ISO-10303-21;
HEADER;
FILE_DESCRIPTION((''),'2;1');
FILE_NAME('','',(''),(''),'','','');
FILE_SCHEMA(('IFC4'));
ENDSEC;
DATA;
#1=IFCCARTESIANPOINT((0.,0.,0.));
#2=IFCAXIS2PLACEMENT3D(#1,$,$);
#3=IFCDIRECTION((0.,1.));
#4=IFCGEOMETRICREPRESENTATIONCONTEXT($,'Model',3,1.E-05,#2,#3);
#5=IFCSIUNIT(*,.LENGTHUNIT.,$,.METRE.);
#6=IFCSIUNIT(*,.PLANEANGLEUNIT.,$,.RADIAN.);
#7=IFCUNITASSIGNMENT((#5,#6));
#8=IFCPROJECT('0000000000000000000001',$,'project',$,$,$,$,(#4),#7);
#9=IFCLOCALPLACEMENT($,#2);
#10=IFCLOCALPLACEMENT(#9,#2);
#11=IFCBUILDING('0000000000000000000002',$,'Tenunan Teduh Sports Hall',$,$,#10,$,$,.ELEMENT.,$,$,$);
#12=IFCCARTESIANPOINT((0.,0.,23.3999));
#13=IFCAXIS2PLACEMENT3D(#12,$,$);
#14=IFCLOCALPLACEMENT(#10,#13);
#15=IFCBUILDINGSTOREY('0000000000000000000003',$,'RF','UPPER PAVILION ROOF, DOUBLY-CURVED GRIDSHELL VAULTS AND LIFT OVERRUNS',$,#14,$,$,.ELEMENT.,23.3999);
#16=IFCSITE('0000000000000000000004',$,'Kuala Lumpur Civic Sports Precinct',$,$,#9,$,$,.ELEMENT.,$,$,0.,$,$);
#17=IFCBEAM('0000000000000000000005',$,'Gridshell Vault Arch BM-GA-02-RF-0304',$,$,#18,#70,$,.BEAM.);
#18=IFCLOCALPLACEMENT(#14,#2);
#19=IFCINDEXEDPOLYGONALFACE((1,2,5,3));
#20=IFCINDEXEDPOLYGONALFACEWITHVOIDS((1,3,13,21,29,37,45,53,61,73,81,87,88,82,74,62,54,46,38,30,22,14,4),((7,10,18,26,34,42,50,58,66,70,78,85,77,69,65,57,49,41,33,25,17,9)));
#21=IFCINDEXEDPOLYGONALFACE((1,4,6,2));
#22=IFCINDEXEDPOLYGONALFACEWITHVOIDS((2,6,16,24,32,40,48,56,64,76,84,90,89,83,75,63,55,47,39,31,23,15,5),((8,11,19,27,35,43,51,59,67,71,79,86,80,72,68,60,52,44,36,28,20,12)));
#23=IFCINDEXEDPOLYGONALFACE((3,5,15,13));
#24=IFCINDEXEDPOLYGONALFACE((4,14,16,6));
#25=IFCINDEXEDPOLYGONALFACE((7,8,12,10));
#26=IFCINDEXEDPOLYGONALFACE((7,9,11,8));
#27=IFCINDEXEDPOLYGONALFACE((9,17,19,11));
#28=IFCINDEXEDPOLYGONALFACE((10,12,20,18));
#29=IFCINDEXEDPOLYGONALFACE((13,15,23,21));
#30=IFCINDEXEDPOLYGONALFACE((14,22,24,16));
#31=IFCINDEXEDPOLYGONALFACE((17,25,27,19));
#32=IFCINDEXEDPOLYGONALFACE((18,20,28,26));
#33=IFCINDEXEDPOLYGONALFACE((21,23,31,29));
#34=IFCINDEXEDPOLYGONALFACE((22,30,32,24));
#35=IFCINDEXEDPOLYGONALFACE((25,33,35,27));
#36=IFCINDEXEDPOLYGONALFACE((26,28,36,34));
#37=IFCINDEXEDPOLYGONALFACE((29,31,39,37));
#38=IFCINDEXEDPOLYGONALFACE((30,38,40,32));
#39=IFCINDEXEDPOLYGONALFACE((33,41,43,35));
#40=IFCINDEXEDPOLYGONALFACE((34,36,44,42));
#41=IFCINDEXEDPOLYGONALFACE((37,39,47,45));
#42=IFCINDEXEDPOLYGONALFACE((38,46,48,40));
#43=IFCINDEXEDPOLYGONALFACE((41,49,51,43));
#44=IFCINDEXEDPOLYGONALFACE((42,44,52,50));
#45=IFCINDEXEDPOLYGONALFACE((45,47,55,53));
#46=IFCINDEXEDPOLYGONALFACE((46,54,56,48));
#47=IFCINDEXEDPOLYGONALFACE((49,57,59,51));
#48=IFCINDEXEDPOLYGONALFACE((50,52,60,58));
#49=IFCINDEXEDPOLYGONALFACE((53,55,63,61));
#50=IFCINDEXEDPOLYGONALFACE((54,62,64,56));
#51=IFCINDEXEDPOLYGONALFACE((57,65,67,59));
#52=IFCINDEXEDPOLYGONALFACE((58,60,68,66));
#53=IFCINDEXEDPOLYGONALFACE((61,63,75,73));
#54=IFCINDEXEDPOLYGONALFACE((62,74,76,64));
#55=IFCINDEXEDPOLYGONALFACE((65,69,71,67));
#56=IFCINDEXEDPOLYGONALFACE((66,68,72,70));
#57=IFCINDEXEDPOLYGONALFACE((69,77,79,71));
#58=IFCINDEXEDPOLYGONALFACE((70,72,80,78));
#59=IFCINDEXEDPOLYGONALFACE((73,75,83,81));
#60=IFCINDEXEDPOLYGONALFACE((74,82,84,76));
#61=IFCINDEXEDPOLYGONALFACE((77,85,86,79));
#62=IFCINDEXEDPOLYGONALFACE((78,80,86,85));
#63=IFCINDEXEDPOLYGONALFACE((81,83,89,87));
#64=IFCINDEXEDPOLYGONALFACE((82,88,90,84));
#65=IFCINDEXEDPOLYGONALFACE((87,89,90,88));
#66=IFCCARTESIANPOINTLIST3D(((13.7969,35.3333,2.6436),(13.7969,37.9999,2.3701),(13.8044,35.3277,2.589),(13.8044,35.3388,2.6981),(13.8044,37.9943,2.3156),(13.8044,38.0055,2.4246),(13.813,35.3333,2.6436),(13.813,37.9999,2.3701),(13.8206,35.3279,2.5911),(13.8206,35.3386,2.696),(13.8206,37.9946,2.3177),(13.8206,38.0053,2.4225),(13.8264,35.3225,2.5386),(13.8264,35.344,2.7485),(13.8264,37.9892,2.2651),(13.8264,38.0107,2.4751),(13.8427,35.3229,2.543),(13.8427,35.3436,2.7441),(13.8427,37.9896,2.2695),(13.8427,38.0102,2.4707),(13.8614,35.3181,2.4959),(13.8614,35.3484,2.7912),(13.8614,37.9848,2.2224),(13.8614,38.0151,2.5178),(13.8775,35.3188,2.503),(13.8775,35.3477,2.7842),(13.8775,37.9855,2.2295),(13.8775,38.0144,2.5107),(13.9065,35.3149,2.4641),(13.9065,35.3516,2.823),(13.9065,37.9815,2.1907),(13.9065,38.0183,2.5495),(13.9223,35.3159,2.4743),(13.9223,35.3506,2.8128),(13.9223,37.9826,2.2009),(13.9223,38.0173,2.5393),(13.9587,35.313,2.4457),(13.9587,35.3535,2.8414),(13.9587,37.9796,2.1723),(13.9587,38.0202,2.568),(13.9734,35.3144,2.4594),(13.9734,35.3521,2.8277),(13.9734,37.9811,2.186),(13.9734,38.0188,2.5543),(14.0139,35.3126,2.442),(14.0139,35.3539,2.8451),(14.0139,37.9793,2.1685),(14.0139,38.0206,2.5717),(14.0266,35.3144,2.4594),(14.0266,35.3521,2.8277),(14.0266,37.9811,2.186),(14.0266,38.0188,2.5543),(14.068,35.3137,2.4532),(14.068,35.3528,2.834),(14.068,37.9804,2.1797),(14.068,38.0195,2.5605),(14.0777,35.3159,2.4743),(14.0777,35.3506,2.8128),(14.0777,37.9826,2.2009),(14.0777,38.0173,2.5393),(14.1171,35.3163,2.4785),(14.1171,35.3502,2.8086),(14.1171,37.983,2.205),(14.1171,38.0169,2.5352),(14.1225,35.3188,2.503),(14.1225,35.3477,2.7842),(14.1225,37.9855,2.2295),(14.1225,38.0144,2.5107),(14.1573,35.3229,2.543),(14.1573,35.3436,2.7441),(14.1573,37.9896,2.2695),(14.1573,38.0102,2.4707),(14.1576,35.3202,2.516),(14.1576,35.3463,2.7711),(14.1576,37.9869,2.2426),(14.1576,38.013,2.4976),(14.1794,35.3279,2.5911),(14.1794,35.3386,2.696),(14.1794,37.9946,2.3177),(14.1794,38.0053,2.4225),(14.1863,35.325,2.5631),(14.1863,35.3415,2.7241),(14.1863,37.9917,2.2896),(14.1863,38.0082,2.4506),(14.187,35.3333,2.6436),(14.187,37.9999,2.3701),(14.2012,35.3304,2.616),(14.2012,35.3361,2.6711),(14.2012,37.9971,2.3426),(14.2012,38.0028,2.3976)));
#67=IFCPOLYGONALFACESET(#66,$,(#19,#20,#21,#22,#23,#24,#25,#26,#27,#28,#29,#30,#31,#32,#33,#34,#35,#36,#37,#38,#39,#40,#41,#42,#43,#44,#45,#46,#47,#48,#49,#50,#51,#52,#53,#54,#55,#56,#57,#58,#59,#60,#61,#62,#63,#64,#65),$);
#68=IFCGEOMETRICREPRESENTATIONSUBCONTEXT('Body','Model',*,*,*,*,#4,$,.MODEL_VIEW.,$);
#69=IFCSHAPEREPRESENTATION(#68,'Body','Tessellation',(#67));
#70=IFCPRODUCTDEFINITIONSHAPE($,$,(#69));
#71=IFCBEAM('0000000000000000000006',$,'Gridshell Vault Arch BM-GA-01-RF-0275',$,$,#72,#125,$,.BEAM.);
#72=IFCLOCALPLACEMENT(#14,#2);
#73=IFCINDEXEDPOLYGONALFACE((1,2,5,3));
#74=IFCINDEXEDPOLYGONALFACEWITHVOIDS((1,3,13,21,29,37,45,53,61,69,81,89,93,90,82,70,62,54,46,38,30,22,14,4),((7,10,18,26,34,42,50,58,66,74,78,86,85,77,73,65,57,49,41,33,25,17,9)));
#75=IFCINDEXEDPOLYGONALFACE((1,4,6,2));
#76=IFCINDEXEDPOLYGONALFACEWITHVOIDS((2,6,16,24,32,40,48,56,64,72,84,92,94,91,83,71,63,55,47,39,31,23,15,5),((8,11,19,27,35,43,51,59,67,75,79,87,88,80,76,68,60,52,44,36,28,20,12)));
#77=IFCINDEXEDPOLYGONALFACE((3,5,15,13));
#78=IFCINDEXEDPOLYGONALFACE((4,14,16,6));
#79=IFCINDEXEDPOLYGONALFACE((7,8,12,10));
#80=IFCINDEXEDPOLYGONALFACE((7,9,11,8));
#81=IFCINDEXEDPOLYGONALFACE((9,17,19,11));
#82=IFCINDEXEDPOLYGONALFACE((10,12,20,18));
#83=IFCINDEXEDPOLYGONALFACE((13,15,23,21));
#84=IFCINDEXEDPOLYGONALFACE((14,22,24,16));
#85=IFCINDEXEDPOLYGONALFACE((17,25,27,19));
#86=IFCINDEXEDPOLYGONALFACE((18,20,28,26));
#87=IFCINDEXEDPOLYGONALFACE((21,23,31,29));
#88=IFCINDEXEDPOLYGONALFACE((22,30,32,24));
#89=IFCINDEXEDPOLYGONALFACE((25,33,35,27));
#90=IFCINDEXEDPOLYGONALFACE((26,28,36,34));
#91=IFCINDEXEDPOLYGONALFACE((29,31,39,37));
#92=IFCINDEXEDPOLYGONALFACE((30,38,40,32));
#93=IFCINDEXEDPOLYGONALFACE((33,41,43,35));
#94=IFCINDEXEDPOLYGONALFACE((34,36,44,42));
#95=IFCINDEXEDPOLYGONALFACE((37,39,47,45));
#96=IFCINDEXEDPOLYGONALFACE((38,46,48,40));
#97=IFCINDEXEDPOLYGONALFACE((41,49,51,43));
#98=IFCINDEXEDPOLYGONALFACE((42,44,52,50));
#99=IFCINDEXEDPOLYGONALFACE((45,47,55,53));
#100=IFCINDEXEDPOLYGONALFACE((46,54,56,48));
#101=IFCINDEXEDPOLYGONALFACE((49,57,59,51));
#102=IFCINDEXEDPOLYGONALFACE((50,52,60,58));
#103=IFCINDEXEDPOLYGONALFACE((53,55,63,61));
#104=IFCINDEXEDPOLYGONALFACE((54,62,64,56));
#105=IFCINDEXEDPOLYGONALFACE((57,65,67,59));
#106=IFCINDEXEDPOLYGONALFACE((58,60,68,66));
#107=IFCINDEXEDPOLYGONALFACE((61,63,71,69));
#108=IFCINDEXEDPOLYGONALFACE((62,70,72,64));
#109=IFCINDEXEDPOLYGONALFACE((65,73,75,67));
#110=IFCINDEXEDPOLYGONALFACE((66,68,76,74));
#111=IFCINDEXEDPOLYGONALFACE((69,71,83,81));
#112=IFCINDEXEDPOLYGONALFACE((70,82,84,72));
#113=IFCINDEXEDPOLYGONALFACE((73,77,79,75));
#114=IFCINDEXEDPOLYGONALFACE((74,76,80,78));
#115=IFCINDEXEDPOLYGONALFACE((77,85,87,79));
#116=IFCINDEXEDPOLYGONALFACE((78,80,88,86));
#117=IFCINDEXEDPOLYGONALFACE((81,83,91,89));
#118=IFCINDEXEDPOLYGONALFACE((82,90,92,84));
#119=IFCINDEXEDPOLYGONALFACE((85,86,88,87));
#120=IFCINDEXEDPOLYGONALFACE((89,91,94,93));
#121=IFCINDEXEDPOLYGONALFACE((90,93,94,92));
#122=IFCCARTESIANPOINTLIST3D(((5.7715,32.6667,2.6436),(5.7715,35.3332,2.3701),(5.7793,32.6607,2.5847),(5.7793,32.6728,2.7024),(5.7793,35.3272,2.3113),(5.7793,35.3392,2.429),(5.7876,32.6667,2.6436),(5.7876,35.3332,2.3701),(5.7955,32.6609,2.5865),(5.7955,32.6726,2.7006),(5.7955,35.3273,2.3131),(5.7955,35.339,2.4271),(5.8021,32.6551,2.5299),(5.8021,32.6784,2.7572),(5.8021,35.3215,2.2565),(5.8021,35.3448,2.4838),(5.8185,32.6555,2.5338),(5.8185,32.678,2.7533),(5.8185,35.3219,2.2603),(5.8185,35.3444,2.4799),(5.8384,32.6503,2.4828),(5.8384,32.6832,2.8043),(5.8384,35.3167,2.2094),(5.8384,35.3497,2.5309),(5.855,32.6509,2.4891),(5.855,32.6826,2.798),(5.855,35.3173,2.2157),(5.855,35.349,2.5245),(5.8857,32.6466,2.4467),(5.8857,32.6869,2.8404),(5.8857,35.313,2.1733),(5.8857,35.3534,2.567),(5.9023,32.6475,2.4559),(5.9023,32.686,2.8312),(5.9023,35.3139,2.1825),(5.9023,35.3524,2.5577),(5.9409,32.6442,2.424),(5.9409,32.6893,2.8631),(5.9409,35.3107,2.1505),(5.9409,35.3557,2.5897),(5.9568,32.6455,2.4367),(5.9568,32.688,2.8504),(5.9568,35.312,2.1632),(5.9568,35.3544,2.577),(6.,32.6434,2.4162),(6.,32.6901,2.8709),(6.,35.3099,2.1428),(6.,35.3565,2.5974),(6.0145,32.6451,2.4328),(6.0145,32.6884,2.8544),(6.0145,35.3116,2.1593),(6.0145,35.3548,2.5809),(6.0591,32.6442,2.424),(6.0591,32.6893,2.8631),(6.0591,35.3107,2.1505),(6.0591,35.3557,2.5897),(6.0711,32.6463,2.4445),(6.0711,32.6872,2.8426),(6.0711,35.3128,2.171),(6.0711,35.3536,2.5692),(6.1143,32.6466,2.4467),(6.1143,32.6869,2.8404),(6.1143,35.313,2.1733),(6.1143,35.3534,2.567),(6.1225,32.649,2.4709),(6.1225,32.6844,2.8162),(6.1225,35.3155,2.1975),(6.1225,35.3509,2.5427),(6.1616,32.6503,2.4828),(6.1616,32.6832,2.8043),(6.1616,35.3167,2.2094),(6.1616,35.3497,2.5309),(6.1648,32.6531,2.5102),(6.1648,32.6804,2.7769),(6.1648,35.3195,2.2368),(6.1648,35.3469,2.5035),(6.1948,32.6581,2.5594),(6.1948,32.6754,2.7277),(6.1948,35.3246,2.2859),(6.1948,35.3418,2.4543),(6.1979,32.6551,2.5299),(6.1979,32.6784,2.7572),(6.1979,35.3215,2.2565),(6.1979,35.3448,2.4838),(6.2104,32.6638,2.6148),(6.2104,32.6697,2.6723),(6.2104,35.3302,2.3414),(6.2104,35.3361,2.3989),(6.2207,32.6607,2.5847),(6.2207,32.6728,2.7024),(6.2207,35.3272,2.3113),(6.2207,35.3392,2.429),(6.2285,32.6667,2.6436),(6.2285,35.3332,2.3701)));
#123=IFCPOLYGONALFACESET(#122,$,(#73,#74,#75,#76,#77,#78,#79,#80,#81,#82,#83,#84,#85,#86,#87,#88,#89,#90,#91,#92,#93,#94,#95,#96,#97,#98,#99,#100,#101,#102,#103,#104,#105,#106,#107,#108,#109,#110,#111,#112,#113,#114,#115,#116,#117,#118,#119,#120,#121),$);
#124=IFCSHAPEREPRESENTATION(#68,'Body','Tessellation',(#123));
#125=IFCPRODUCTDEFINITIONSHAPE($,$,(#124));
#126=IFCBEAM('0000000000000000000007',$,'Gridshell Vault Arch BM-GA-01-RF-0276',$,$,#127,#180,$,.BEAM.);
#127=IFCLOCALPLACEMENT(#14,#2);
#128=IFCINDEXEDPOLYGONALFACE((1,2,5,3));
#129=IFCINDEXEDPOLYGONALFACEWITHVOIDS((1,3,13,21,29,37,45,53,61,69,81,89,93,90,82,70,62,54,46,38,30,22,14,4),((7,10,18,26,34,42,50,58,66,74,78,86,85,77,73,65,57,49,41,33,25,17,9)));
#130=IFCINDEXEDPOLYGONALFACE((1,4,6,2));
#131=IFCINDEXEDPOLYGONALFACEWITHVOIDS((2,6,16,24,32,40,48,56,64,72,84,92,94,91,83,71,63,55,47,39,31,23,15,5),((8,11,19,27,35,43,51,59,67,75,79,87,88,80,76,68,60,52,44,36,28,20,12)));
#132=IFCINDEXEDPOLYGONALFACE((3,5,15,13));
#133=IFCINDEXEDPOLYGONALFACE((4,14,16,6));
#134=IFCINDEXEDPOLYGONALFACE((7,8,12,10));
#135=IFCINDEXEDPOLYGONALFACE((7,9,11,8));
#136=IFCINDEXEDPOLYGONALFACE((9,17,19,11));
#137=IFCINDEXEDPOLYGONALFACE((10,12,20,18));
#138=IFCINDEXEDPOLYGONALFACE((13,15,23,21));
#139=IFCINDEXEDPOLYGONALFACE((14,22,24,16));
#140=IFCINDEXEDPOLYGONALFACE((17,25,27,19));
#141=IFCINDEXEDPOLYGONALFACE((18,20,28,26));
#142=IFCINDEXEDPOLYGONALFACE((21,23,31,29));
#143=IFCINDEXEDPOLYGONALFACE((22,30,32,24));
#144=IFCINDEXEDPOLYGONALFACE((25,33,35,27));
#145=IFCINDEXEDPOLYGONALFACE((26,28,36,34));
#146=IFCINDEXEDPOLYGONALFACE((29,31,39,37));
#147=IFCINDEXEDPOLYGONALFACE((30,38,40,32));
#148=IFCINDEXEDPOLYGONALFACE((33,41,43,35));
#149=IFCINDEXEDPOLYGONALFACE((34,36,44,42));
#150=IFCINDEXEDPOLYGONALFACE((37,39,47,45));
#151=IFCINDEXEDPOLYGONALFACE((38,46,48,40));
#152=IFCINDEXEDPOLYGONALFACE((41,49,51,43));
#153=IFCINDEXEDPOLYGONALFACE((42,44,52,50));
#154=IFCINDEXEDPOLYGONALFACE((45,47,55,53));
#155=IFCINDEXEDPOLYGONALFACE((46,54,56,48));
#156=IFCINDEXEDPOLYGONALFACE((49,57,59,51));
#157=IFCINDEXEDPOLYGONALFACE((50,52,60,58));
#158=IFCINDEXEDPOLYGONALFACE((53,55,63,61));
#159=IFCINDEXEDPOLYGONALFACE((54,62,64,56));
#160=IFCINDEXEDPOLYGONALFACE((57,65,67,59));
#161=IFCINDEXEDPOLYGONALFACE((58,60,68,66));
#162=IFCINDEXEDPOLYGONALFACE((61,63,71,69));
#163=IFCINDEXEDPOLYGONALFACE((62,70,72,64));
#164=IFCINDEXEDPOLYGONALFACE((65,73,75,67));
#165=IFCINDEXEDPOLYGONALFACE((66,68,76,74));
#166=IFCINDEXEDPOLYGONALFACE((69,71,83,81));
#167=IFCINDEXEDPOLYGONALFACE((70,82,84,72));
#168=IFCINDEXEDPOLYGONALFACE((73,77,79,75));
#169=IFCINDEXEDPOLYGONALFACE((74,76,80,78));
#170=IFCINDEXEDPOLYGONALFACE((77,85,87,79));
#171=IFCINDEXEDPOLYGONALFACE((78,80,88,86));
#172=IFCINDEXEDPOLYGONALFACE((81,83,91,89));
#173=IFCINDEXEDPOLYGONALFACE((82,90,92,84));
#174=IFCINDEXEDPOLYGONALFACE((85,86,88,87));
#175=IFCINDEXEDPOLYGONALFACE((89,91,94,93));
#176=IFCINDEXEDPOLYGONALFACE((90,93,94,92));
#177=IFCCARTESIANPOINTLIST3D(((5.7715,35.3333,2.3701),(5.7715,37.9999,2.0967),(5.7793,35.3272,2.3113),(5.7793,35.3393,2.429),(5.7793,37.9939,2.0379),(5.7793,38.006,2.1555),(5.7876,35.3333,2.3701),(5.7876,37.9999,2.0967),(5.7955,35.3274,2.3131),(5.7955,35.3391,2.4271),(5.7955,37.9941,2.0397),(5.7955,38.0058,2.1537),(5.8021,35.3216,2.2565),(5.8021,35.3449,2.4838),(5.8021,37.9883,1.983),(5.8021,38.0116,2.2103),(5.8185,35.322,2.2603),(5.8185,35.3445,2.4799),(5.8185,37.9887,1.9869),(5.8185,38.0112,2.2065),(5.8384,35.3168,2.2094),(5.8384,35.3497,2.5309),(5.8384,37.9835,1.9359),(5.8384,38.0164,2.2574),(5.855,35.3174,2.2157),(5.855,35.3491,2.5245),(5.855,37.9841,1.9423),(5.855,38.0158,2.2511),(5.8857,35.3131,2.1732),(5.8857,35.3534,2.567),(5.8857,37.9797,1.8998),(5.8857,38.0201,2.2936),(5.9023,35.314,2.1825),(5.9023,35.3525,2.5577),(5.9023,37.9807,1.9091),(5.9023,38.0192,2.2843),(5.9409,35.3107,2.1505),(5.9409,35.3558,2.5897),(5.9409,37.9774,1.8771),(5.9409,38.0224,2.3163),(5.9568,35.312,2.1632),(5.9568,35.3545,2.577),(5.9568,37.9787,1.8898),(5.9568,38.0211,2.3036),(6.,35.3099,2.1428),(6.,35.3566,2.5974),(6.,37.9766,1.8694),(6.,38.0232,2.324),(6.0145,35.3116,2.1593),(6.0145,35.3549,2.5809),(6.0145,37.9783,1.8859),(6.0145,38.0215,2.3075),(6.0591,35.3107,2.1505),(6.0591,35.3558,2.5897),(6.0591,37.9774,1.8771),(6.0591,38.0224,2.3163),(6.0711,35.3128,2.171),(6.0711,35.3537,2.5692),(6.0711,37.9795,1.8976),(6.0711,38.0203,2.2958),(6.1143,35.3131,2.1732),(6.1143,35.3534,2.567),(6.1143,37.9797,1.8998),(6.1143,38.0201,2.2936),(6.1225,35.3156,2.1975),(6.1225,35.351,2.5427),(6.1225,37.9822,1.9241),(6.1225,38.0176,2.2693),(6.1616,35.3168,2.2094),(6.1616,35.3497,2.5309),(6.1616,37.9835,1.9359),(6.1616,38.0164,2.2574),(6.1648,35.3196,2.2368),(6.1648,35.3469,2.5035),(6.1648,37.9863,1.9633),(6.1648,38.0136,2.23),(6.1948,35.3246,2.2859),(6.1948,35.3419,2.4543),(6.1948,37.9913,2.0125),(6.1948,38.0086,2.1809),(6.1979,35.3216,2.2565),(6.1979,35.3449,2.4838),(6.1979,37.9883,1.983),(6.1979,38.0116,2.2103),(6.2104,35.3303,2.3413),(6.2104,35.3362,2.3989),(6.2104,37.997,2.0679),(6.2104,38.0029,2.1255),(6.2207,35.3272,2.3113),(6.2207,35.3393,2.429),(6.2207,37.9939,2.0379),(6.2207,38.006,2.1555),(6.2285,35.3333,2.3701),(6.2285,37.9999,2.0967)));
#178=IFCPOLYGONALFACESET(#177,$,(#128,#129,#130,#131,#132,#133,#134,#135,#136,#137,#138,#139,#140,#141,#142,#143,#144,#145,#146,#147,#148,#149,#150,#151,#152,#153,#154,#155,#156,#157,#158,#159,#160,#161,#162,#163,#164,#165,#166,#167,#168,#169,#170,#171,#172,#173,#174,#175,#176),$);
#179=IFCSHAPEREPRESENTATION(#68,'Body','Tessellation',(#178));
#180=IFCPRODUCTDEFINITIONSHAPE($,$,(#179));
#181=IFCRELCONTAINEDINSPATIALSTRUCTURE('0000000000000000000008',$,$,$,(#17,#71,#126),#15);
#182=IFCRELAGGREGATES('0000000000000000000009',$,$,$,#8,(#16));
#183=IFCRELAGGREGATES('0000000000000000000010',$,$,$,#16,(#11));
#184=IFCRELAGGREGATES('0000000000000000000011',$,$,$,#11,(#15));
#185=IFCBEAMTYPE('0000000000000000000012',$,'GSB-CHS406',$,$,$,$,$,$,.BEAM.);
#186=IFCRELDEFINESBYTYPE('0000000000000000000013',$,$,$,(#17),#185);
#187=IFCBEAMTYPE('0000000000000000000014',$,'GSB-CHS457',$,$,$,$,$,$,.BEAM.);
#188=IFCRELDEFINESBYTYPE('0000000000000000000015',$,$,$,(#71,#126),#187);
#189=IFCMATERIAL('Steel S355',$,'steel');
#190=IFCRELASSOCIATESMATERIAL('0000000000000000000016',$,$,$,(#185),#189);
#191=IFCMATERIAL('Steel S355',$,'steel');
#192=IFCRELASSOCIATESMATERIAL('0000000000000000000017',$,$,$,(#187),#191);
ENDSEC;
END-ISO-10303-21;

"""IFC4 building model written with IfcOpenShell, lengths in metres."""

from ifc_helpers import new_model, si_unit, direction, frame, origin, origin_2d, place, context, subcontext, project, spatial, hollow_circle, extrude, material, material_profile, profile_set, type_object, element, save


model = new_model("IFC4")

# Units and contexts
model_context = context("Model", 3, precision=1e-05, world=origin(), true_north=direction((0.0, 1.0)))
body_context = subcontext(model_context, "Body", "Model", "MODEL_VIEW")
ifc_project = project(units=[si_unit("LENGTHUNIT", "METRE"), si_unit("PLANEANGLEUNIT", "RADIAN")], contexts=[model_context])

# Site, building, storey
site_placement = place(None, origin())
site = spatial("IfcSite", under=ifc_project, at=site_placement, Name="Kuala Lumpur Civic Sports Precinct", CompositionType="ELEMENT", RefElevation=0.0)
building_placement = place(site_placement, origin())
building = spatial("IfcBuilding", under=site, at=building_placement, Name="Tenunan Teduh Sports Hall", CompositionType="ELEMENT")
storey_placement = place(building_placement, frame((0.0, 0.0, 23.3999)))
storey = spatial("IfcBuildingStorey", under=building, at=storey_placement, Name="RF", Description="UPPER PAVILION ROOF, DOUBLY-CURVED GRIDSHELL VAULTS AND LIFT OVERRUNS", CompositionType="ELEMENT", Elevation=23.3999)

# Beams
ifc_material_1 = material(Name="Steel S355", Category="steel")
ifc_material_profile_1 = material_profile(ifc_material_1, hollow_circle(Radius=0.2031, WallThickness=0.0161, at=origin_2d()), Name="CHS 406.4x16.0")
ifc_profile_set_1 = profile_set([ifc_material_profile_1], Name="Steel S355")
beam_type_1 = type_object("IfcBeamType", Name="GSB-CHS406", PredefinedType="BEAM", material=ifc_profile_set_1)
beam_1_placement = place(storey_placement, frame((14.0, 35.3333, 2.6436), z_axis=(0.0, 0.994784, -0.102001), x_axis=(-1.0, 0.0, 0.0)))
element("IfcBeam", 1, at=beam_1_placement, inside=storey, type_object=beam_type_1, Name="Gridshell Vault Arch BM-GA-02-RF-0304", PredefinedType="BEAM", context=body_context, shape_type="SweptSolid", body=[
    extrude(hollow_circle(Radius=0.2031, WallThickness=0.0161, at=origin_2d()), origin(), (0.0, 0.0, 1.0), 2.6807),
])
ifc_material_2 = material(Name="Steel S355", Category="steel")
ifc_material_profile_2 = material_profile(ifc_material_2, hollow_circle(Radius=0.2285, WallThickness=0.0161, at=origin_2d()), Name="CHS 457.0x16.0")
ifc_profile_set_2 = profile_set([ifc_material_profile_2], Name="Steel S355")
beam_type_2 = type_object("IfcBeamType", Name="GSB-CHS457", PredefinedType="BEAM", material=ifc_profile_set_2)
beam_2_placement = place(storey_placement, frame((6.0, 32.6667, 2.6436), z_axis=(0.0, 0.994783, -0.10201), x_axis=(-1.0, 0.0, 0.0)))
element("IfcBeam", 2, at=beam_2_placement, inside=storey, type_object=beam_type_2, Name="Gridshell Vault Arch BM-GA-01-RF-0275", PredefinedType="BEAM", context=body_context, shape_type="SweptSolid", body=[
    extrude(hollow_circle(Radius=0.2285, WallThickness=0.0161, at=origin_2d()), origin(), (0.0, 0.0, 1.0), 2.6804),
])
beam_3_placement = place(storey_placement, frame((6.0, 35.3333, 2.3701), z_axis=(0.0, 0.994784, -0.102001), x_axis=(-1.0, 0.0, 0.0)))
element("IfcBeam", 3, at=beam_3_placement, inside=storey, type_object=beam_type_2, Name="Gridshell Vault Arch BM-GA-01-RF-0276", PredefinedType="BEAM", context=body_context, shape_type="SweptSolid", body=[
    extrude(hollow_circle(Radius=0.2285, WallThickness=0.0161, at=origin_2d()), origin(), (0.0, 0.0, 1.0), 2.6807),
])

save(model, "model.ifc")
